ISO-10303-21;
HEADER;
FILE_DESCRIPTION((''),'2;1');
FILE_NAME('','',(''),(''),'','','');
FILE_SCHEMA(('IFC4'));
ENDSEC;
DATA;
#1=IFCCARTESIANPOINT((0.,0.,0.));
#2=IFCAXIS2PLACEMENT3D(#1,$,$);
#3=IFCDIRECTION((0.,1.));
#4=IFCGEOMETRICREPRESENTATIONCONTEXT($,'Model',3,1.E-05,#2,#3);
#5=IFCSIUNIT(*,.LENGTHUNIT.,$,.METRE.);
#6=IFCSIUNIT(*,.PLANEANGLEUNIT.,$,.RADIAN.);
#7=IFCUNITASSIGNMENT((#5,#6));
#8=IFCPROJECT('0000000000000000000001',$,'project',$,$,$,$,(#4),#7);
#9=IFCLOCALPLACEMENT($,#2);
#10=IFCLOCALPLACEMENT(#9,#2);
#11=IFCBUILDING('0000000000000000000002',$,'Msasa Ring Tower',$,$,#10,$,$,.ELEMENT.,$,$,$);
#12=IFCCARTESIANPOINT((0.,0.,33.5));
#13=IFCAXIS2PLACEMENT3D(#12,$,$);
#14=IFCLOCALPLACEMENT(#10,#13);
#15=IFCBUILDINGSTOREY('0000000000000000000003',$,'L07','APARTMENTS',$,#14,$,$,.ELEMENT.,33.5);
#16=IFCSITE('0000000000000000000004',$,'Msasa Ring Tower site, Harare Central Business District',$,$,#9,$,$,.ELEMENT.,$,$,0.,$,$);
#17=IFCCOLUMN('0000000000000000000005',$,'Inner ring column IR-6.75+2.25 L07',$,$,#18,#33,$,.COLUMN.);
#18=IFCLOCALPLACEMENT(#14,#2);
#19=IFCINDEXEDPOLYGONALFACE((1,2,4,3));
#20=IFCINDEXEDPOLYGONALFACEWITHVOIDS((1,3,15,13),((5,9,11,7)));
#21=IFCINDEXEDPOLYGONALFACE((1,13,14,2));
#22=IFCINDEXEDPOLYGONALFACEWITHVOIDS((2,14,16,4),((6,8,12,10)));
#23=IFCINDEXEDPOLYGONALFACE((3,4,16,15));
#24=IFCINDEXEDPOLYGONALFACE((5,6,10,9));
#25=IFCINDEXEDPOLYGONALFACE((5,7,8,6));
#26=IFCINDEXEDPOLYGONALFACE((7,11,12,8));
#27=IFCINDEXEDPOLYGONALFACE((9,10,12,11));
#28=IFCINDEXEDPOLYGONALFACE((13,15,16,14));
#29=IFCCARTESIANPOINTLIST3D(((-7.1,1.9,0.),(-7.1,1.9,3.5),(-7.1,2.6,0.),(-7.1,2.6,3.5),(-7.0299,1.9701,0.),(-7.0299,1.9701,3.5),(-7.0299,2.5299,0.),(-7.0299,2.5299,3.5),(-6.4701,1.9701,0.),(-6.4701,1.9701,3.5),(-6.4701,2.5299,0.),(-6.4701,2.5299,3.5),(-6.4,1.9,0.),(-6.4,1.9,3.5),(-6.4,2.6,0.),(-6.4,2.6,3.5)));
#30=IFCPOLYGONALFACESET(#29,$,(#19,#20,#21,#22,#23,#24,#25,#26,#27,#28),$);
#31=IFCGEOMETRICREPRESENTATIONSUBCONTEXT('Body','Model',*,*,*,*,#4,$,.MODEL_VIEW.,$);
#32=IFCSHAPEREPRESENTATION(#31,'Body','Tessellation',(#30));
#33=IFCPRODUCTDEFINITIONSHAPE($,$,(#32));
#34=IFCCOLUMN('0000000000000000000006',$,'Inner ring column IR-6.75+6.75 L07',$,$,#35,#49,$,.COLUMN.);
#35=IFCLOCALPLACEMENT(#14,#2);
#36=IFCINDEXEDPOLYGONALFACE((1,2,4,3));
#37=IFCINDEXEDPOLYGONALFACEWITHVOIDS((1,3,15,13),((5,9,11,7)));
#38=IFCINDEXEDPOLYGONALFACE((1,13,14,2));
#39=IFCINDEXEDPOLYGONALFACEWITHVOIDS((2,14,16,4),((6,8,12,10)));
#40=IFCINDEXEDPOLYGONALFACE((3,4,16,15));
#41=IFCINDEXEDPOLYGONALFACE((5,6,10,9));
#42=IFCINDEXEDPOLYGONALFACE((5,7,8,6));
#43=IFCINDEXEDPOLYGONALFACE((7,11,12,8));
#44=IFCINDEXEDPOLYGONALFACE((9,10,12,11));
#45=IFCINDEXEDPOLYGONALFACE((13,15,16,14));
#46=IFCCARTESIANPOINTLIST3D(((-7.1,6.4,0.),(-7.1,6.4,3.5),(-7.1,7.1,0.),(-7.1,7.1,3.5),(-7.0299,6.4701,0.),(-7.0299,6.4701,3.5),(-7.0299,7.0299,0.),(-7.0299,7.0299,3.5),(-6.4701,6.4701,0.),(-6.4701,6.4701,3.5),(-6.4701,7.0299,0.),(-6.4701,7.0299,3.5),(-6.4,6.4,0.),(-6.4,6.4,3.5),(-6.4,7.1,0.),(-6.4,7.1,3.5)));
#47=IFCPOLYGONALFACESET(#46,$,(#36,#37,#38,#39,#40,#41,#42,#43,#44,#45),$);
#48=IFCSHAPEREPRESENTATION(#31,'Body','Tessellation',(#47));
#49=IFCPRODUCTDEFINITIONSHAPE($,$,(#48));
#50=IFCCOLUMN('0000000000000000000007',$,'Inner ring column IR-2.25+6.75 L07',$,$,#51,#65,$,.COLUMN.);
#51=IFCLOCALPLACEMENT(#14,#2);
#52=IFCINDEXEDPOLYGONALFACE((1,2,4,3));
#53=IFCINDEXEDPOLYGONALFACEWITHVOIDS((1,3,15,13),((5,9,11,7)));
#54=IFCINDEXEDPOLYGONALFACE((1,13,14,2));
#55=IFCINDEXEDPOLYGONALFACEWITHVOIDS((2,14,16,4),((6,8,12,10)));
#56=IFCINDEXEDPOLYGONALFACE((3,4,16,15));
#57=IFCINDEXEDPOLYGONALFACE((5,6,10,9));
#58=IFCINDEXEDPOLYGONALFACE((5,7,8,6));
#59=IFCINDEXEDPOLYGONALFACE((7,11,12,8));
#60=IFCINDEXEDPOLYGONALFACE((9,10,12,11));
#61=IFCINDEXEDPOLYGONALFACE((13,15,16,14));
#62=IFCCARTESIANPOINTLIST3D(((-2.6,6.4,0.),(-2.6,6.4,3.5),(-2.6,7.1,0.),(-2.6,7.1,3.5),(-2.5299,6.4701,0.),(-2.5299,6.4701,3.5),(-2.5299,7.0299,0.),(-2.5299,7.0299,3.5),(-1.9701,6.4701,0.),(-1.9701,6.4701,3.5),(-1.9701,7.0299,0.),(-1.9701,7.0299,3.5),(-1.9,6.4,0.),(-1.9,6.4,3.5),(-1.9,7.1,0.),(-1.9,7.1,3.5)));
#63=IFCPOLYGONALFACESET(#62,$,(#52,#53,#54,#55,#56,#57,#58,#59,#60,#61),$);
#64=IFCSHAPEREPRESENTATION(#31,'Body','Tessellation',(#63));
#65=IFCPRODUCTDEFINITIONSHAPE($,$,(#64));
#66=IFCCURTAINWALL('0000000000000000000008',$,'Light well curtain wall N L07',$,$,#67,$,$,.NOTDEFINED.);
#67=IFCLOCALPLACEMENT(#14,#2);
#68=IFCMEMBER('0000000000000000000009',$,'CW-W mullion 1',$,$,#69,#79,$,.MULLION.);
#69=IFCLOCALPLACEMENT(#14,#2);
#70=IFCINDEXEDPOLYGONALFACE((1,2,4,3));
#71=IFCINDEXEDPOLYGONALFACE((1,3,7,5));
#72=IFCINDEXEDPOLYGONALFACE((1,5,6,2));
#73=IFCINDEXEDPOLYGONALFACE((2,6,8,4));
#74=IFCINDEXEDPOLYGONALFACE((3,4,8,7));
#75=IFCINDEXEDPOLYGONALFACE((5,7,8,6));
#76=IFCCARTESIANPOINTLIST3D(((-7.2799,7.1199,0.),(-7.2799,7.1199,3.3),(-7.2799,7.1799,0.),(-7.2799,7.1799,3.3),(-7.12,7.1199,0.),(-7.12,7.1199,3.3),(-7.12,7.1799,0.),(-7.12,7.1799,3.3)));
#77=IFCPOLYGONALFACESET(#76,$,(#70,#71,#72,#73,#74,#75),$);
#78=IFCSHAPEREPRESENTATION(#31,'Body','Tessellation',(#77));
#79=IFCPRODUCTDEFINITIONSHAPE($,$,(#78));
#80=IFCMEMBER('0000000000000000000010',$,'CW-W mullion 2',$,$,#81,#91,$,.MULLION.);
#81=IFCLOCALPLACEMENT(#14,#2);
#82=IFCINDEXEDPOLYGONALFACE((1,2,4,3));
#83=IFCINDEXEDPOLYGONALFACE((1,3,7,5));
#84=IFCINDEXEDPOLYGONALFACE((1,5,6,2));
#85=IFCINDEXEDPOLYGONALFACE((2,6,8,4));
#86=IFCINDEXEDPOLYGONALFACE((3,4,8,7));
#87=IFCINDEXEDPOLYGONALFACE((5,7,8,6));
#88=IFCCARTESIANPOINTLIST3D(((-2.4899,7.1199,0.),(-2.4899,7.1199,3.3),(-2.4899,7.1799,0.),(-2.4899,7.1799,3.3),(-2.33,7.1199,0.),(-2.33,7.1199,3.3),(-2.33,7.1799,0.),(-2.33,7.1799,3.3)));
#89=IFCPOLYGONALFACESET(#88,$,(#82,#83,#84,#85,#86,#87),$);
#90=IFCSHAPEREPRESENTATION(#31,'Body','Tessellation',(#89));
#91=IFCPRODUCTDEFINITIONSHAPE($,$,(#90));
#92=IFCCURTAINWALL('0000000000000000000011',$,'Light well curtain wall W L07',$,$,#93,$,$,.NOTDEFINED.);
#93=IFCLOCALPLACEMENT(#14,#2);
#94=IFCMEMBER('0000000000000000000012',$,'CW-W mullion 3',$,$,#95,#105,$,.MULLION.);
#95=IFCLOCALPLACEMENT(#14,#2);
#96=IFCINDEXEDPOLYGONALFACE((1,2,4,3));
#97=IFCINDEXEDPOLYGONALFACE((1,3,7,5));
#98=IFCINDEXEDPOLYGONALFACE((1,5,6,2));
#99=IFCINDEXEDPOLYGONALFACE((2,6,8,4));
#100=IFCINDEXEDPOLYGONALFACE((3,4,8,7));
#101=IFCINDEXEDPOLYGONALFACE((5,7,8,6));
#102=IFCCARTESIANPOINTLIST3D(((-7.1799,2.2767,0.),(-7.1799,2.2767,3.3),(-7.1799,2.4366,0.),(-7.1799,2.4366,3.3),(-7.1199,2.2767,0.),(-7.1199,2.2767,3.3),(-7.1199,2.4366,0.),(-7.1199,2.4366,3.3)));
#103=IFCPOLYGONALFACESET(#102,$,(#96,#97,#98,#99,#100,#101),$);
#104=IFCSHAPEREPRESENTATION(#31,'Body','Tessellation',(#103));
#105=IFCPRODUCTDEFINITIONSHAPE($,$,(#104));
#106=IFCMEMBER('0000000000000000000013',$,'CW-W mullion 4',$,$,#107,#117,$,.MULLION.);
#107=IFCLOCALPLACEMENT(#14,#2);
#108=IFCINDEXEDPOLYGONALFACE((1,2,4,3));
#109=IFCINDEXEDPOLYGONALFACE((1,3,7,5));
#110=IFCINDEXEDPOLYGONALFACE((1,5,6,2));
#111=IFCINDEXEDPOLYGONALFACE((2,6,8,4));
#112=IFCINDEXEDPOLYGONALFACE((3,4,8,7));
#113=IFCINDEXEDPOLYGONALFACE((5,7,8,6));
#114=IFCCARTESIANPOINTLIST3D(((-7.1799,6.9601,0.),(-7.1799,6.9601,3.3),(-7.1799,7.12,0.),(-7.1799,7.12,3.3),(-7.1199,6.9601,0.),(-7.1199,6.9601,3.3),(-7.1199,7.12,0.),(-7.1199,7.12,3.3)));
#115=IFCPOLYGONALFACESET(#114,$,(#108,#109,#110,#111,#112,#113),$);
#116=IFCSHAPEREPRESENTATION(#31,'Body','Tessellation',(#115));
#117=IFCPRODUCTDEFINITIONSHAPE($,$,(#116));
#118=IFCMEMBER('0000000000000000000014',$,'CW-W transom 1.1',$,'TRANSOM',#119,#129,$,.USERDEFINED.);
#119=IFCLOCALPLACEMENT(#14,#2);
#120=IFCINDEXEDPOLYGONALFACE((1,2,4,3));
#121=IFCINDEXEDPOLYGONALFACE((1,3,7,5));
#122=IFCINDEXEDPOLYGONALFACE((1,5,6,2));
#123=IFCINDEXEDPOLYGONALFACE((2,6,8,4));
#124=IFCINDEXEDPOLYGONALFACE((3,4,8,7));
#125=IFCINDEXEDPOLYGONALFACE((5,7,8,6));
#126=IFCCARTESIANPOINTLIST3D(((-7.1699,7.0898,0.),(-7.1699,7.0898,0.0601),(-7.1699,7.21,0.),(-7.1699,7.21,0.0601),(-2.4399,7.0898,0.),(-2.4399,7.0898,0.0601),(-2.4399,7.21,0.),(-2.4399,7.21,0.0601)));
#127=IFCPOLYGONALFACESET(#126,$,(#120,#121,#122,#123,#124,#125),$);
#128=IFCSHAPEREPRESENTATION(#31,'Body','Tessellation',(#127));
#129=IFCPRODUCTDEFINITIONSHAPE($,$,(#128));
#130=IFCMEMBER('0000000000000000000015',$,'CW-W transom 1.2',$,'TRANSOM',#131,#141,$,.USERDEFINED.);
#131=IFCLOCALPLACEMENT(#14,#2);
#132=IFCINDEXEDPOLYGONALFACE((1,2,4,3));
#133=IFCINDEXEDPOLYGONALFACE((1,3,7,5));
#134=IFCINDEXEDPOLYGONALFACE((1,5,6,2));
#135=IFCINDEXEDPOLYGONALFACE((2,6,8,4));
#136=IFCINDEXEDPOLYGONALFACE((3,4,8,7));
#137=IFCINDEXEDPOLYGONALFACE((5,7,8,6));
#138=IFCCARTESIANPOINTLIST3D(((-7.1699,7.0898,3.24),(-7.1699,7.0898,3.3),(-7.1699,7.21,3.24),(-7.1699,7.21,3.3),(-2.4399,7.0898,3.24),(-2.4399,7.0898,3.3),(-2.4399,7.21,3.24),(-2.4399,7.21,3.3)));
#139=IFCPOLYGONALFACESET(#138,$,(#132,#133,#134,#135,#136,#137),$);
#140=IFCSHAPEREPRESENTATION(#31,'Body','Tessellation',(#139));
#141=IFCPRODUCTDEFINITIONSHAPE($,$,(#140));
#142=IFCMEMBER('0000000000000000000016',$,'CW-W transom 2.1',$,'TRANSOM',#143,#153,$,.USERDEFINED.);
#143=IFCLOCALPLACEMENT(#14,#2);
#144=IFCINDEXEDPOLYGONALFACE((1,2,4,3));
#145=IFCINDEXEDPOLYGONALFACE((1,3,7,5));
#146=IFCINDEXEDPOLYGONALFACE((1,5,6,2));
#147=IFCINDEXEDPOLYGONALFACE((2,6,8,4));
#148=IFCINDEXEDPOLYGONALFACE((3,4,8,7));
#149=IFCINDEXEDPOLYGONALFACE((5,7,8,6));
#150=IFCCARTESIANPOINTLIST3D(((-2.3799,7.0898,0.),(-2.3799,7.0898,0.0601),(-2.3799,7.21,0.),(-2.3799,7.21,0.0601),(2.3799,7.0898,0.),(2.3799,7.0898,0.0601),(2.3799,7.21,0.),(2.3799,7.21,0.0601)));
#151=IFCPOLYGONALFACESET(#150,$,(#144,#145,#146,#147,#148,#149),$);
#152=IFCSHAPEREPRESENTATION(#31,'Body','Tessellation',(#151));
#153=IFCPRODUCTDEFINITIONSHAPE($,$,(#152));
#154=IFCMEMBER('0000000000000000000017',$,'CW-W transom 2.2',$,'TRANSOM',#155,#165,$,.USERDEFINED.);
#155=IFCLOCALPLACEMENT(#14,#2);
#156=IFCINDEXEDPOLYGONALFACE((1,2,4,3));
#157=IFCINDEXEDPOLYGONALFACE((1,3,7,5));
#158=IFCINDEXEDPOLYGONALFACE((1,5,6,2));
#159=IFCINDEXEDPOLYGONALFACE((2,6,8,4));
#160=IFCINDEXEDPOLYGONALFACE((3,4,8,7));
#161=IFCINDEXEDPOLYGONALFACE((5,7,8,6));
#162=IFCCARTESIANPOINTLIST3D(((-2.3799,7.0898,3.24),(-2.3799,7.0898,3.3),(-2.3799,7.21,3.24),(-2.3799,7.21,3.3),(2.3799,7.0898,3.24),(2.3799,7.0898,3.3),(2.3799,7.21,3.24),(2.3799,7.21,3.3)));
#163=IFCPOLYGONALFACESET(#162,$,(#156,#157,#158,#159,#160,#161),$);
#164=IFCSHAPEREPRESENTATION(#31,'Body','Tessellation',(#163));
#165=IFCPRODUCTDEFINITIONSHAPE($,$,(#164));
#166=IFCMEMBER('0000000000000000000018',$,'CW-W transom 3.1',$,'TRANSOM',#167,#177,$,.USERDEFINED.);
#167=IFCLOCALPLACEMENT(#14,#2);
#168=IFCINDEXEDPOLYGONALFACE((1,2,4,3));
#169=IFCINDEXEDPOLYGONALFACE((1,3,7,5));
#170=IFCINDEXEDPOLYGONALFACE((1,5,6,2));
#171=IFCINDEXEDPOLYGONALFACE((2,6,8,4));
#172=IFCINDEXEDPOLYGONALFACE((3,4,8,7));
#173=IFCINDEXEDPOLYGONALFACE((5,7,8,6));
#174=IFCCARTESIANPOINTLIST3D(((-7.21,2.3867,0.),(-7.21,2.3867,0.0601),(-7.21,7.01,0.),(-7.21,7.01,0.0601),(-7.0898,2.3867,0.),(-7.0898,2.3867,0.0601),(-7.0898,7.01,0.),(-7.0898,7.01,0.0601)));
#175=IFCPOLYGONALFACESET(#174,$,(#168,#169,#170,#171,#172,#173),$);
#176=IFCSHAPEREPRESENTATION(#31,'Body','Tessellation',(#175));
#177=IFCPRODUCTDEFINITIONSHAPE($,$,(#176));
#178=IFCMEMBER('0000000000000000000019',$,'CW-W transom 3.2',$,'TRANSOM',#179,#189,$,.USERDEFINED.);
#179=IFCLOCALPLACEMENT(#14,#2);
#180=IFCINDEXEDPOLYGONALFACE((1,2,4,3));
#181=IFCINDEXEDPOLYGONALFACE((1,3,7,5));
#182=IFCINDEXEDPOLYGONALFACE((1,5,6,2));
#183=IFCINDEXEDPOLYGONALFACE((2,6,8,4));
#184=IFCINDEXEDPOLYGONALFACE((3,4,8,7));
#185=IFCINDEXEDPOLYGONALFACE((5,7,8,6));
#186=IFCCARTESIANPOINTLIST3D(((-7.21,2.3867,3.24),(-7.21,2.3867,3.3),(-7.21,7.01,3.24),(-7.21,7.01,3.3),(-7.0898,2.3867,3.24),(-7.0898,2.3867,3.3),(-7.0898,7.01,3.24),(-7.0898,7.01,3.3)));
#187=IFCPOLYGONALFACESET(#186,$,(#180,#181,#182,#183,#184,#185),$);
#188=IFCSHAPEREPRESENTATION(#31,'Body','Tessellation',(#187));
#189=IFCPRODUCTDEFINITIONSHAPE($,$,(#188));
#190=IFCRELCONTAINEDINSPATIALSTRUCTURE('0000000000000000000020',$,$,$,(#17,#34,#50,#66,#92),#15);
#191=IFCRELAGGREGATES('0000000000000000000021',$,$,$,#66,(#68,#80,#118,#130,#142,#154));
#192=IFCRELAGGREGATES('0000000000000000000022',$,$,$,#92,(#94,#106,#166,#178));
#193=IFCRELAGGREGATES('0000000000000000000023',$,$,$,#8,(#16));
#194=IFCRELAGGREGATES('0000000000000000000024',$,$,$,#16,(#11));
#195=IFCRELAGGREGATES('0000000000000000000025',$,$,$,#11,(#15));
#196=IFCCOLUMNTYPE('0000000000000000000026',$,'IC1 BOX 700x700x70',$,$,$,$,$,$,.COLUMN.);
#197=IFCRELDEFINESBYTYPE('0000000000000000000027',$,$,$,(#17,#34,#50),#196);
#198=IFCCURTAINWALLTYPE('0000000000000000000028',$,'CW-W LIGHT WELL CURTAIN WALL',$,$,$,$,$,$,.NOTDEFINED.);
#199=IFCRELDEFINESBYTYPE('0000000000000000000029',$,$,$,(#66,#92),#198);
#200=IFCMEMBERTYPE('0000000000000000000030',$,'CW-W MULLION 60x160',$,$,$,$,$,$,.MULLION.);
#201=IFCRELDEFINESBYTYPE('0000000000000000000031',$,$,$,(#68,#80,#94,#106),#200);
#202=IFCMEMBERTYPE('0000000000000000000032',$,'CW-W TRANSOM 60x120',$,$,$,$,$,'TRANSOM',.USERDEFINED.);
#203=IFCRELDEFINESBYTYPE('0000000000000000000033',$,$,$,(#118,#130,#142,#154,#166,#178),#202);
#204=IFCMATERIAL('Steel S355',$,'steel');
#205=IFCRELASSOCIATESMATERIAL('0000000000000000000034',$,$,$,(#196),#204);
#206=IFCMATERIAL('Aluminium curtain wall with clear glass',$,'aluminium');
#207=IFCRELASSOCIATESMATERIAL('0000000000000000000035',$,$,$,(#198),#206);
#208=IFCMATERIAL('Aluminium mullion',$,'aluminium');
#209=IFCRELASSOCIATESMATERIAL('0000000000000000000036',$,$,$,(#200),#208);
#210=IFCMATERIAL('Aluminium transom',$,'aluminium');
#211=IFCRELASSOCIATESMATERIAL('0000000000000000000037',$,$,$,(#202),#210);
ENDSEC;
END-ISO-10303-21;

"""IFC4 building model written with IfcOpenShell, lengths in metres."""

from ifc_helpers import new_model, si_unit, direction, frame, origin, origin_2d, place, context, subcontext, project, spatial, rectangle, hollow_rectangle, extrude, material, material_profile, profile_set, type_object, element, aggregate, save


model = new_model("IFC4")

# Units and contexts
model_context = context("Model", 3, precision=1e-05, world=origin(), true_north=direction((0.0, 1.0)))
body_context = subcontext(model_context, "Body", "Model", "MODEL_VIEW")
ifc_project = project(units=[si_unit("LENGTHUNIT", "METRE"), si_unit("PLANEANGLEUNIT", "RADIAN")], contexts=[model_context])

# Site, building, storey
site_placement = place(None, origin())
site = spatial("IfcSite", under=ifc_project, at=site_placement, Name="Msasa Ring Tower site, Harare Central Business District", CompositionType="ELEMENT", RefElevation=0.0)
building_placement = place(site_placement, origin())
building = spatial("IfcBuilding", under=site, at=building_placement, Name="Msasa Ring Tower", CompositionType="ELEMENT")
storey_placement = place(building_placement, frame((0.0, 0.0, 33.5)))
storey = spatial("IfcBuildingStorey", under=building, at=storey_placement, Name="L07", Description="APARTMENTS", CompositionType="ELEMENT", Elevation=33.5)

# Columns
ifc_material_1 = material(Name="Steel S355", Category="steel")
ifc_material_profile_1 = material_profile(ifc_material_1, hollow_rectangle(XDim=0.7, YDim=0.7, WallThickness=0.0701, at=origin_2d()), Name="BOX 700x700x70")
ifc_profile_set_1 = profile_set([ifc_material_profile_1], Name="Steel S355")
column_type = type_object("IfcColumnType", Name="IC1 BOX 700x700x70", PredefinedType="COLUMN", material=ifc_profile_set_1)
for number, where, z_axis, x_axis, name in (
    (1, (-6.75, 2.25, 0.0), (0.0, 0.0, 1.0), (1.0, 0.0, 0.0), "Inner ring column IR-6.75+2.25 L07"),
    (2, (-6.75, 6.75, 0.0), (0.0, 0.0, 1.0), (1.0, 0.0, 0.0), "Inner ring column IR-6.75+6.75 L07"),
    (3, (-2.25, 6.75, 0.0), (0.0, 0.0, 1.0), (1.0, 0.0, 0.0), "Inner ring column IR-2.25+6.75 L07"),
):
    element("IfcColumn", number, at=place(storey_placement, frame(where, z_axis=z_axis, x_axis=x_axis)), inside=storey, type_object=column_type, Name=name, PredefinedType="COLUMN", context=body_context, shape_type="SweptSolid", body=[
        extrude(hollow_rectangle(XDim=0.7, YDim=0.7, WallThickness=0.0701, at=origin_2d()), origin(), (0.0, 0.0, 1.0), 3.5),
    ])

# Curtain walls, members
ifc_material_2 = material(Name="Aluminium curtain wall with clear glass", Category="aluminium")
curtain_wall_type = type_object("IfcCurtainWallType", Name="CW-W LIGHT WELL CURTAIN WALL", PredefinedType="NOTDEFINED", material=ifc_material_2)
curtain_wall_1_placement = place(storey_placement, origin())
curtain_wall_1 = element("IfcCurtainWall", 4, at=curtain_wall_1_placement, inside=storey, type_object=curtain_wall_type, Name="Light well curtain wall N L07", PredefinedType="NOTDEFINED")
ifc_material_3 = material(Name="Aluminium mullion", Category="aluminium")
ifc_material_profile_2 = material_profile(ifc_material_3, rectangle(XDim=0.0601, YDim=0.1599, at=origin_2d()), Name="AL 60x160")
ifc_profile_set_2 = profile_set([ifc_material_profile_2], Name="Aluminium mullion")
member_type_1 = type_object("IfcMemberType", Name="CW-W MULLION 60x160", PredefinedType="MULLION", material=ifc_profile_set_2)
member_1_placement = place(storey_placement, frame((-7.2, 7.1499, 0.0), z_axis=(0.0, 0.0, 1.0), x_axis=(0.0, 1.0, 0.0)))
member_1 = element("IfcMember", 5, at=member_1_placement, type_object=member_type_1, Name="CW-W mullion 1", PredefinedType="MULLION", context=body_context, shape_type="SweptSolid", body=[
    extrude(rectangle(XDim=0.0601, YDim=0.1599, at=origin_2d()), origin(), (0.0, 0.0, 1.0), 3.3),
])
member_2_placement = place(storey_placement, frame((-2.4099, 7.1499, 0.0), z_axis=(0.0, 0.0, 1.0), x_axis=(0.0, 1.0, 0.0)))
member_2 = element("IfcMember", 6, at=member_2_placement, type_object=member_type_1, Name="CW-W mullion 2", PredefinedType="MULLION", context=body_context, shape_type="SweptSolid", body=[
    extrude(rectangle(XDim=0.0601, YDim=0.1599, at=origin_2d()), origin(), (0.0, 0.0, 1.0), 3.3),
])
curtain_wall_2_placement = place(storey_placement, origin())
curtain_wall_2 = element("IfcCurtainWall", 7, at=curtain_wall_2_placement, inside=storey, type_object=curtain_wall_type, Name="Light well curtain wall W L07", PredefinedType="NOTDEFINED")
member_3_placement = place(storey_placement, frame((-7.1499, 2.3567, 0.0), z_axis=(0.0, 0.0, 1.0), x_axis=(-1.0, 0.0, 0.0)))
member_3 = element("IfcMember", 8, at=member_3_placement, type_object=member_type_1, Name="CW-W mullion 3", PredefinedType="MULLION", context=body_context, shape_type="SweptSolid", body=[
    extrude(rectangle(XDim=0.0601, YDim=0.1599, at=origin_2d()), origin(), (0.0, 0.0, 1.0), 3.3),
])
member_4_placement = place(storey_placement, frame((-7.1499, 7.04, 0.0), z_axis=(0.0, 0.0, 1.0), x_axis=(-1.0, 0.0, 0.0)))
member_4 = element("IfcMember", 9, at=member_4_placement, type_object=member_type_1, Name="CW-W mullion 4", PredefinedType="MULLION", context=body_context, shape_type="SweptSolid", body=[
    extrude(rectangle(XDim=0.0601, YDim=0.1599, at=origin_2d()), origin(), (0.0, 0.0, 1.0), 3.3),
])

# Members
ifc_material_4 = material(Name="Aluminium transom", Category="aluminium")
ifc_material_profile_3 = material_profile(ifc_material_4, rectangle(XDim=0.1201, YDim=0.0601, at=origin_2d()), Name="AL 60x120")
ifc_profile_set_3 = profile_set([ifc_material_profile_3], Name="Aluminium transom")
member_type_2 = type_object("IfcMemberType", Name="CW-W TRANSOM 60x120", ElementType="TRANSOM", PredefinedType="USERDEFINED", material=ifc_profile_set_3)
member_5_placement = place(storey_placement, frame((-7.1699, 7.1499, 0.03), z_axis=(1.0, 0.0, 0.0), x_axis=(0.0, 1.0, 0.0)))
member_5 = element("IfcMember", 10, at=member_5_placement, type_object=member_type_2, Name="CW-W transom 1.1", ObjectType="TRANSOM", PredefinedType="USERDEFINED", context=body_context, shape_type="SweptSolid", body=[
    extrude(rectangle(XDim=0.1201, YDim=0.0601, at=origin_2d()), origin(), (0.0, 0.0, 1.0), 4.73),
])
member_6_placement = place(storey_placement, frame((-7.1699, 7.1499, 3.27), z_axis=(1.0, 0.0, 0.0), x_axis=(0.0, 1.0, 0.0)))
member_6 = element("IfcMember", 11, at=member_6_placement, type_object=member_type_2, Name="CW-W transom 1.2", ObjectType="TRANSOM", PredefinedType="USERDEFINED", context=body_context, shape_type="SweptSolid", body=[
    extrude(rectangle(XDim=0.1201, YDim=0.0601, at=origin_2d()), origin(), (0.0, 0.0, 1.0), 4.73),
])
member_7_placement = place(storey_placement, frame((-2.3799, 7.1499, 0.03), z_axis=(1.0, 0.0, 0.0), x_axis=(0.0, 1.0, 0.0)))
member_7 = element("IfcMember", 12, at=member_7_placement, type_object=member_type_2, Name="CW-W transom 2.1", ObjectType="TRANSOM", PredefinedType="USERDEFINED", context=body_context, shape_type="SweptSolid", body=[
    extrude(rectangle(XDim=0.1201, YDim=0.0601, at=origin_2d()), origin(), (0.0, 0.0, 1.0), 4.7598),
])
member_8_placement = place(storey_placement, frame((-2.3799, 7.1499, 3.27), z_axis=(1.0, 0.0, 0.0), x_axis=(0.0, 1.0, 0.0)))
member_8 = element("IfcMember", 13, at=member_8_placement, type_object=member_type_2, Name="CW-W transom 2.2", ObjectType="TRANSOM", PredefinedType="USERDEFINED", context=body_context, shape_type="SweptSolid", body=[
    extrude(rectangle(XDim=0.1201, YDim=0.0601, at=origin_2d()), origin(), (0.0, 0.0, 1.0), 4.7598),
])
member_9_placement = place(storey_placement, frame((-7.1499, 2.3867, 0.03), z_axis=(0.0, 1.0, 0.0), x_axis=(-1.0, 0.0, 0.0)))
member_9 = element("IfcMember", 14, at=member_9_placement, type_object=member_type_2, Name="CW-W transom 3.1", ObjectType="TRANSOM", PredefinedType="USERDEFINED", context=body_context, shape_type="SweptSolid", body=[
    extrude(rectangle(XDim=0.1201, YDim=0.0601, at=origin_2d()), origin(), (0.0, 0.0, 1.0), 4.6233),
])
member_10_placement = place(storey_placement, frame((-7.1499, 2.3867, 3.27), z_axis=(0.0, 1.0, 0.0), x_axis=(-1.0, 0.0, 0.0)))
member_10 = element("IfcMember", 15, at=member_10_placement, type_object=member_type_2, Name="CW-W transom 3.2", ObjectType="TRANSOM", PredefinedType="USERDEFINED", context=body_context, shape_type="SweptSolid", body=[
    extrude(rectangle(XDim=0.1201, YDim=0.0601, at=origin_2d()), origin(), (0.0, 0.0, 1.0), 4.6233),
])

aggregate(curtain_wall_1, [member_1, member_2, member_5, member_6, member_7, member_8])
aggregate(curtain_wall_2, [member_3, member_4, member_9, member_10])

save(model, "model.ifc")
